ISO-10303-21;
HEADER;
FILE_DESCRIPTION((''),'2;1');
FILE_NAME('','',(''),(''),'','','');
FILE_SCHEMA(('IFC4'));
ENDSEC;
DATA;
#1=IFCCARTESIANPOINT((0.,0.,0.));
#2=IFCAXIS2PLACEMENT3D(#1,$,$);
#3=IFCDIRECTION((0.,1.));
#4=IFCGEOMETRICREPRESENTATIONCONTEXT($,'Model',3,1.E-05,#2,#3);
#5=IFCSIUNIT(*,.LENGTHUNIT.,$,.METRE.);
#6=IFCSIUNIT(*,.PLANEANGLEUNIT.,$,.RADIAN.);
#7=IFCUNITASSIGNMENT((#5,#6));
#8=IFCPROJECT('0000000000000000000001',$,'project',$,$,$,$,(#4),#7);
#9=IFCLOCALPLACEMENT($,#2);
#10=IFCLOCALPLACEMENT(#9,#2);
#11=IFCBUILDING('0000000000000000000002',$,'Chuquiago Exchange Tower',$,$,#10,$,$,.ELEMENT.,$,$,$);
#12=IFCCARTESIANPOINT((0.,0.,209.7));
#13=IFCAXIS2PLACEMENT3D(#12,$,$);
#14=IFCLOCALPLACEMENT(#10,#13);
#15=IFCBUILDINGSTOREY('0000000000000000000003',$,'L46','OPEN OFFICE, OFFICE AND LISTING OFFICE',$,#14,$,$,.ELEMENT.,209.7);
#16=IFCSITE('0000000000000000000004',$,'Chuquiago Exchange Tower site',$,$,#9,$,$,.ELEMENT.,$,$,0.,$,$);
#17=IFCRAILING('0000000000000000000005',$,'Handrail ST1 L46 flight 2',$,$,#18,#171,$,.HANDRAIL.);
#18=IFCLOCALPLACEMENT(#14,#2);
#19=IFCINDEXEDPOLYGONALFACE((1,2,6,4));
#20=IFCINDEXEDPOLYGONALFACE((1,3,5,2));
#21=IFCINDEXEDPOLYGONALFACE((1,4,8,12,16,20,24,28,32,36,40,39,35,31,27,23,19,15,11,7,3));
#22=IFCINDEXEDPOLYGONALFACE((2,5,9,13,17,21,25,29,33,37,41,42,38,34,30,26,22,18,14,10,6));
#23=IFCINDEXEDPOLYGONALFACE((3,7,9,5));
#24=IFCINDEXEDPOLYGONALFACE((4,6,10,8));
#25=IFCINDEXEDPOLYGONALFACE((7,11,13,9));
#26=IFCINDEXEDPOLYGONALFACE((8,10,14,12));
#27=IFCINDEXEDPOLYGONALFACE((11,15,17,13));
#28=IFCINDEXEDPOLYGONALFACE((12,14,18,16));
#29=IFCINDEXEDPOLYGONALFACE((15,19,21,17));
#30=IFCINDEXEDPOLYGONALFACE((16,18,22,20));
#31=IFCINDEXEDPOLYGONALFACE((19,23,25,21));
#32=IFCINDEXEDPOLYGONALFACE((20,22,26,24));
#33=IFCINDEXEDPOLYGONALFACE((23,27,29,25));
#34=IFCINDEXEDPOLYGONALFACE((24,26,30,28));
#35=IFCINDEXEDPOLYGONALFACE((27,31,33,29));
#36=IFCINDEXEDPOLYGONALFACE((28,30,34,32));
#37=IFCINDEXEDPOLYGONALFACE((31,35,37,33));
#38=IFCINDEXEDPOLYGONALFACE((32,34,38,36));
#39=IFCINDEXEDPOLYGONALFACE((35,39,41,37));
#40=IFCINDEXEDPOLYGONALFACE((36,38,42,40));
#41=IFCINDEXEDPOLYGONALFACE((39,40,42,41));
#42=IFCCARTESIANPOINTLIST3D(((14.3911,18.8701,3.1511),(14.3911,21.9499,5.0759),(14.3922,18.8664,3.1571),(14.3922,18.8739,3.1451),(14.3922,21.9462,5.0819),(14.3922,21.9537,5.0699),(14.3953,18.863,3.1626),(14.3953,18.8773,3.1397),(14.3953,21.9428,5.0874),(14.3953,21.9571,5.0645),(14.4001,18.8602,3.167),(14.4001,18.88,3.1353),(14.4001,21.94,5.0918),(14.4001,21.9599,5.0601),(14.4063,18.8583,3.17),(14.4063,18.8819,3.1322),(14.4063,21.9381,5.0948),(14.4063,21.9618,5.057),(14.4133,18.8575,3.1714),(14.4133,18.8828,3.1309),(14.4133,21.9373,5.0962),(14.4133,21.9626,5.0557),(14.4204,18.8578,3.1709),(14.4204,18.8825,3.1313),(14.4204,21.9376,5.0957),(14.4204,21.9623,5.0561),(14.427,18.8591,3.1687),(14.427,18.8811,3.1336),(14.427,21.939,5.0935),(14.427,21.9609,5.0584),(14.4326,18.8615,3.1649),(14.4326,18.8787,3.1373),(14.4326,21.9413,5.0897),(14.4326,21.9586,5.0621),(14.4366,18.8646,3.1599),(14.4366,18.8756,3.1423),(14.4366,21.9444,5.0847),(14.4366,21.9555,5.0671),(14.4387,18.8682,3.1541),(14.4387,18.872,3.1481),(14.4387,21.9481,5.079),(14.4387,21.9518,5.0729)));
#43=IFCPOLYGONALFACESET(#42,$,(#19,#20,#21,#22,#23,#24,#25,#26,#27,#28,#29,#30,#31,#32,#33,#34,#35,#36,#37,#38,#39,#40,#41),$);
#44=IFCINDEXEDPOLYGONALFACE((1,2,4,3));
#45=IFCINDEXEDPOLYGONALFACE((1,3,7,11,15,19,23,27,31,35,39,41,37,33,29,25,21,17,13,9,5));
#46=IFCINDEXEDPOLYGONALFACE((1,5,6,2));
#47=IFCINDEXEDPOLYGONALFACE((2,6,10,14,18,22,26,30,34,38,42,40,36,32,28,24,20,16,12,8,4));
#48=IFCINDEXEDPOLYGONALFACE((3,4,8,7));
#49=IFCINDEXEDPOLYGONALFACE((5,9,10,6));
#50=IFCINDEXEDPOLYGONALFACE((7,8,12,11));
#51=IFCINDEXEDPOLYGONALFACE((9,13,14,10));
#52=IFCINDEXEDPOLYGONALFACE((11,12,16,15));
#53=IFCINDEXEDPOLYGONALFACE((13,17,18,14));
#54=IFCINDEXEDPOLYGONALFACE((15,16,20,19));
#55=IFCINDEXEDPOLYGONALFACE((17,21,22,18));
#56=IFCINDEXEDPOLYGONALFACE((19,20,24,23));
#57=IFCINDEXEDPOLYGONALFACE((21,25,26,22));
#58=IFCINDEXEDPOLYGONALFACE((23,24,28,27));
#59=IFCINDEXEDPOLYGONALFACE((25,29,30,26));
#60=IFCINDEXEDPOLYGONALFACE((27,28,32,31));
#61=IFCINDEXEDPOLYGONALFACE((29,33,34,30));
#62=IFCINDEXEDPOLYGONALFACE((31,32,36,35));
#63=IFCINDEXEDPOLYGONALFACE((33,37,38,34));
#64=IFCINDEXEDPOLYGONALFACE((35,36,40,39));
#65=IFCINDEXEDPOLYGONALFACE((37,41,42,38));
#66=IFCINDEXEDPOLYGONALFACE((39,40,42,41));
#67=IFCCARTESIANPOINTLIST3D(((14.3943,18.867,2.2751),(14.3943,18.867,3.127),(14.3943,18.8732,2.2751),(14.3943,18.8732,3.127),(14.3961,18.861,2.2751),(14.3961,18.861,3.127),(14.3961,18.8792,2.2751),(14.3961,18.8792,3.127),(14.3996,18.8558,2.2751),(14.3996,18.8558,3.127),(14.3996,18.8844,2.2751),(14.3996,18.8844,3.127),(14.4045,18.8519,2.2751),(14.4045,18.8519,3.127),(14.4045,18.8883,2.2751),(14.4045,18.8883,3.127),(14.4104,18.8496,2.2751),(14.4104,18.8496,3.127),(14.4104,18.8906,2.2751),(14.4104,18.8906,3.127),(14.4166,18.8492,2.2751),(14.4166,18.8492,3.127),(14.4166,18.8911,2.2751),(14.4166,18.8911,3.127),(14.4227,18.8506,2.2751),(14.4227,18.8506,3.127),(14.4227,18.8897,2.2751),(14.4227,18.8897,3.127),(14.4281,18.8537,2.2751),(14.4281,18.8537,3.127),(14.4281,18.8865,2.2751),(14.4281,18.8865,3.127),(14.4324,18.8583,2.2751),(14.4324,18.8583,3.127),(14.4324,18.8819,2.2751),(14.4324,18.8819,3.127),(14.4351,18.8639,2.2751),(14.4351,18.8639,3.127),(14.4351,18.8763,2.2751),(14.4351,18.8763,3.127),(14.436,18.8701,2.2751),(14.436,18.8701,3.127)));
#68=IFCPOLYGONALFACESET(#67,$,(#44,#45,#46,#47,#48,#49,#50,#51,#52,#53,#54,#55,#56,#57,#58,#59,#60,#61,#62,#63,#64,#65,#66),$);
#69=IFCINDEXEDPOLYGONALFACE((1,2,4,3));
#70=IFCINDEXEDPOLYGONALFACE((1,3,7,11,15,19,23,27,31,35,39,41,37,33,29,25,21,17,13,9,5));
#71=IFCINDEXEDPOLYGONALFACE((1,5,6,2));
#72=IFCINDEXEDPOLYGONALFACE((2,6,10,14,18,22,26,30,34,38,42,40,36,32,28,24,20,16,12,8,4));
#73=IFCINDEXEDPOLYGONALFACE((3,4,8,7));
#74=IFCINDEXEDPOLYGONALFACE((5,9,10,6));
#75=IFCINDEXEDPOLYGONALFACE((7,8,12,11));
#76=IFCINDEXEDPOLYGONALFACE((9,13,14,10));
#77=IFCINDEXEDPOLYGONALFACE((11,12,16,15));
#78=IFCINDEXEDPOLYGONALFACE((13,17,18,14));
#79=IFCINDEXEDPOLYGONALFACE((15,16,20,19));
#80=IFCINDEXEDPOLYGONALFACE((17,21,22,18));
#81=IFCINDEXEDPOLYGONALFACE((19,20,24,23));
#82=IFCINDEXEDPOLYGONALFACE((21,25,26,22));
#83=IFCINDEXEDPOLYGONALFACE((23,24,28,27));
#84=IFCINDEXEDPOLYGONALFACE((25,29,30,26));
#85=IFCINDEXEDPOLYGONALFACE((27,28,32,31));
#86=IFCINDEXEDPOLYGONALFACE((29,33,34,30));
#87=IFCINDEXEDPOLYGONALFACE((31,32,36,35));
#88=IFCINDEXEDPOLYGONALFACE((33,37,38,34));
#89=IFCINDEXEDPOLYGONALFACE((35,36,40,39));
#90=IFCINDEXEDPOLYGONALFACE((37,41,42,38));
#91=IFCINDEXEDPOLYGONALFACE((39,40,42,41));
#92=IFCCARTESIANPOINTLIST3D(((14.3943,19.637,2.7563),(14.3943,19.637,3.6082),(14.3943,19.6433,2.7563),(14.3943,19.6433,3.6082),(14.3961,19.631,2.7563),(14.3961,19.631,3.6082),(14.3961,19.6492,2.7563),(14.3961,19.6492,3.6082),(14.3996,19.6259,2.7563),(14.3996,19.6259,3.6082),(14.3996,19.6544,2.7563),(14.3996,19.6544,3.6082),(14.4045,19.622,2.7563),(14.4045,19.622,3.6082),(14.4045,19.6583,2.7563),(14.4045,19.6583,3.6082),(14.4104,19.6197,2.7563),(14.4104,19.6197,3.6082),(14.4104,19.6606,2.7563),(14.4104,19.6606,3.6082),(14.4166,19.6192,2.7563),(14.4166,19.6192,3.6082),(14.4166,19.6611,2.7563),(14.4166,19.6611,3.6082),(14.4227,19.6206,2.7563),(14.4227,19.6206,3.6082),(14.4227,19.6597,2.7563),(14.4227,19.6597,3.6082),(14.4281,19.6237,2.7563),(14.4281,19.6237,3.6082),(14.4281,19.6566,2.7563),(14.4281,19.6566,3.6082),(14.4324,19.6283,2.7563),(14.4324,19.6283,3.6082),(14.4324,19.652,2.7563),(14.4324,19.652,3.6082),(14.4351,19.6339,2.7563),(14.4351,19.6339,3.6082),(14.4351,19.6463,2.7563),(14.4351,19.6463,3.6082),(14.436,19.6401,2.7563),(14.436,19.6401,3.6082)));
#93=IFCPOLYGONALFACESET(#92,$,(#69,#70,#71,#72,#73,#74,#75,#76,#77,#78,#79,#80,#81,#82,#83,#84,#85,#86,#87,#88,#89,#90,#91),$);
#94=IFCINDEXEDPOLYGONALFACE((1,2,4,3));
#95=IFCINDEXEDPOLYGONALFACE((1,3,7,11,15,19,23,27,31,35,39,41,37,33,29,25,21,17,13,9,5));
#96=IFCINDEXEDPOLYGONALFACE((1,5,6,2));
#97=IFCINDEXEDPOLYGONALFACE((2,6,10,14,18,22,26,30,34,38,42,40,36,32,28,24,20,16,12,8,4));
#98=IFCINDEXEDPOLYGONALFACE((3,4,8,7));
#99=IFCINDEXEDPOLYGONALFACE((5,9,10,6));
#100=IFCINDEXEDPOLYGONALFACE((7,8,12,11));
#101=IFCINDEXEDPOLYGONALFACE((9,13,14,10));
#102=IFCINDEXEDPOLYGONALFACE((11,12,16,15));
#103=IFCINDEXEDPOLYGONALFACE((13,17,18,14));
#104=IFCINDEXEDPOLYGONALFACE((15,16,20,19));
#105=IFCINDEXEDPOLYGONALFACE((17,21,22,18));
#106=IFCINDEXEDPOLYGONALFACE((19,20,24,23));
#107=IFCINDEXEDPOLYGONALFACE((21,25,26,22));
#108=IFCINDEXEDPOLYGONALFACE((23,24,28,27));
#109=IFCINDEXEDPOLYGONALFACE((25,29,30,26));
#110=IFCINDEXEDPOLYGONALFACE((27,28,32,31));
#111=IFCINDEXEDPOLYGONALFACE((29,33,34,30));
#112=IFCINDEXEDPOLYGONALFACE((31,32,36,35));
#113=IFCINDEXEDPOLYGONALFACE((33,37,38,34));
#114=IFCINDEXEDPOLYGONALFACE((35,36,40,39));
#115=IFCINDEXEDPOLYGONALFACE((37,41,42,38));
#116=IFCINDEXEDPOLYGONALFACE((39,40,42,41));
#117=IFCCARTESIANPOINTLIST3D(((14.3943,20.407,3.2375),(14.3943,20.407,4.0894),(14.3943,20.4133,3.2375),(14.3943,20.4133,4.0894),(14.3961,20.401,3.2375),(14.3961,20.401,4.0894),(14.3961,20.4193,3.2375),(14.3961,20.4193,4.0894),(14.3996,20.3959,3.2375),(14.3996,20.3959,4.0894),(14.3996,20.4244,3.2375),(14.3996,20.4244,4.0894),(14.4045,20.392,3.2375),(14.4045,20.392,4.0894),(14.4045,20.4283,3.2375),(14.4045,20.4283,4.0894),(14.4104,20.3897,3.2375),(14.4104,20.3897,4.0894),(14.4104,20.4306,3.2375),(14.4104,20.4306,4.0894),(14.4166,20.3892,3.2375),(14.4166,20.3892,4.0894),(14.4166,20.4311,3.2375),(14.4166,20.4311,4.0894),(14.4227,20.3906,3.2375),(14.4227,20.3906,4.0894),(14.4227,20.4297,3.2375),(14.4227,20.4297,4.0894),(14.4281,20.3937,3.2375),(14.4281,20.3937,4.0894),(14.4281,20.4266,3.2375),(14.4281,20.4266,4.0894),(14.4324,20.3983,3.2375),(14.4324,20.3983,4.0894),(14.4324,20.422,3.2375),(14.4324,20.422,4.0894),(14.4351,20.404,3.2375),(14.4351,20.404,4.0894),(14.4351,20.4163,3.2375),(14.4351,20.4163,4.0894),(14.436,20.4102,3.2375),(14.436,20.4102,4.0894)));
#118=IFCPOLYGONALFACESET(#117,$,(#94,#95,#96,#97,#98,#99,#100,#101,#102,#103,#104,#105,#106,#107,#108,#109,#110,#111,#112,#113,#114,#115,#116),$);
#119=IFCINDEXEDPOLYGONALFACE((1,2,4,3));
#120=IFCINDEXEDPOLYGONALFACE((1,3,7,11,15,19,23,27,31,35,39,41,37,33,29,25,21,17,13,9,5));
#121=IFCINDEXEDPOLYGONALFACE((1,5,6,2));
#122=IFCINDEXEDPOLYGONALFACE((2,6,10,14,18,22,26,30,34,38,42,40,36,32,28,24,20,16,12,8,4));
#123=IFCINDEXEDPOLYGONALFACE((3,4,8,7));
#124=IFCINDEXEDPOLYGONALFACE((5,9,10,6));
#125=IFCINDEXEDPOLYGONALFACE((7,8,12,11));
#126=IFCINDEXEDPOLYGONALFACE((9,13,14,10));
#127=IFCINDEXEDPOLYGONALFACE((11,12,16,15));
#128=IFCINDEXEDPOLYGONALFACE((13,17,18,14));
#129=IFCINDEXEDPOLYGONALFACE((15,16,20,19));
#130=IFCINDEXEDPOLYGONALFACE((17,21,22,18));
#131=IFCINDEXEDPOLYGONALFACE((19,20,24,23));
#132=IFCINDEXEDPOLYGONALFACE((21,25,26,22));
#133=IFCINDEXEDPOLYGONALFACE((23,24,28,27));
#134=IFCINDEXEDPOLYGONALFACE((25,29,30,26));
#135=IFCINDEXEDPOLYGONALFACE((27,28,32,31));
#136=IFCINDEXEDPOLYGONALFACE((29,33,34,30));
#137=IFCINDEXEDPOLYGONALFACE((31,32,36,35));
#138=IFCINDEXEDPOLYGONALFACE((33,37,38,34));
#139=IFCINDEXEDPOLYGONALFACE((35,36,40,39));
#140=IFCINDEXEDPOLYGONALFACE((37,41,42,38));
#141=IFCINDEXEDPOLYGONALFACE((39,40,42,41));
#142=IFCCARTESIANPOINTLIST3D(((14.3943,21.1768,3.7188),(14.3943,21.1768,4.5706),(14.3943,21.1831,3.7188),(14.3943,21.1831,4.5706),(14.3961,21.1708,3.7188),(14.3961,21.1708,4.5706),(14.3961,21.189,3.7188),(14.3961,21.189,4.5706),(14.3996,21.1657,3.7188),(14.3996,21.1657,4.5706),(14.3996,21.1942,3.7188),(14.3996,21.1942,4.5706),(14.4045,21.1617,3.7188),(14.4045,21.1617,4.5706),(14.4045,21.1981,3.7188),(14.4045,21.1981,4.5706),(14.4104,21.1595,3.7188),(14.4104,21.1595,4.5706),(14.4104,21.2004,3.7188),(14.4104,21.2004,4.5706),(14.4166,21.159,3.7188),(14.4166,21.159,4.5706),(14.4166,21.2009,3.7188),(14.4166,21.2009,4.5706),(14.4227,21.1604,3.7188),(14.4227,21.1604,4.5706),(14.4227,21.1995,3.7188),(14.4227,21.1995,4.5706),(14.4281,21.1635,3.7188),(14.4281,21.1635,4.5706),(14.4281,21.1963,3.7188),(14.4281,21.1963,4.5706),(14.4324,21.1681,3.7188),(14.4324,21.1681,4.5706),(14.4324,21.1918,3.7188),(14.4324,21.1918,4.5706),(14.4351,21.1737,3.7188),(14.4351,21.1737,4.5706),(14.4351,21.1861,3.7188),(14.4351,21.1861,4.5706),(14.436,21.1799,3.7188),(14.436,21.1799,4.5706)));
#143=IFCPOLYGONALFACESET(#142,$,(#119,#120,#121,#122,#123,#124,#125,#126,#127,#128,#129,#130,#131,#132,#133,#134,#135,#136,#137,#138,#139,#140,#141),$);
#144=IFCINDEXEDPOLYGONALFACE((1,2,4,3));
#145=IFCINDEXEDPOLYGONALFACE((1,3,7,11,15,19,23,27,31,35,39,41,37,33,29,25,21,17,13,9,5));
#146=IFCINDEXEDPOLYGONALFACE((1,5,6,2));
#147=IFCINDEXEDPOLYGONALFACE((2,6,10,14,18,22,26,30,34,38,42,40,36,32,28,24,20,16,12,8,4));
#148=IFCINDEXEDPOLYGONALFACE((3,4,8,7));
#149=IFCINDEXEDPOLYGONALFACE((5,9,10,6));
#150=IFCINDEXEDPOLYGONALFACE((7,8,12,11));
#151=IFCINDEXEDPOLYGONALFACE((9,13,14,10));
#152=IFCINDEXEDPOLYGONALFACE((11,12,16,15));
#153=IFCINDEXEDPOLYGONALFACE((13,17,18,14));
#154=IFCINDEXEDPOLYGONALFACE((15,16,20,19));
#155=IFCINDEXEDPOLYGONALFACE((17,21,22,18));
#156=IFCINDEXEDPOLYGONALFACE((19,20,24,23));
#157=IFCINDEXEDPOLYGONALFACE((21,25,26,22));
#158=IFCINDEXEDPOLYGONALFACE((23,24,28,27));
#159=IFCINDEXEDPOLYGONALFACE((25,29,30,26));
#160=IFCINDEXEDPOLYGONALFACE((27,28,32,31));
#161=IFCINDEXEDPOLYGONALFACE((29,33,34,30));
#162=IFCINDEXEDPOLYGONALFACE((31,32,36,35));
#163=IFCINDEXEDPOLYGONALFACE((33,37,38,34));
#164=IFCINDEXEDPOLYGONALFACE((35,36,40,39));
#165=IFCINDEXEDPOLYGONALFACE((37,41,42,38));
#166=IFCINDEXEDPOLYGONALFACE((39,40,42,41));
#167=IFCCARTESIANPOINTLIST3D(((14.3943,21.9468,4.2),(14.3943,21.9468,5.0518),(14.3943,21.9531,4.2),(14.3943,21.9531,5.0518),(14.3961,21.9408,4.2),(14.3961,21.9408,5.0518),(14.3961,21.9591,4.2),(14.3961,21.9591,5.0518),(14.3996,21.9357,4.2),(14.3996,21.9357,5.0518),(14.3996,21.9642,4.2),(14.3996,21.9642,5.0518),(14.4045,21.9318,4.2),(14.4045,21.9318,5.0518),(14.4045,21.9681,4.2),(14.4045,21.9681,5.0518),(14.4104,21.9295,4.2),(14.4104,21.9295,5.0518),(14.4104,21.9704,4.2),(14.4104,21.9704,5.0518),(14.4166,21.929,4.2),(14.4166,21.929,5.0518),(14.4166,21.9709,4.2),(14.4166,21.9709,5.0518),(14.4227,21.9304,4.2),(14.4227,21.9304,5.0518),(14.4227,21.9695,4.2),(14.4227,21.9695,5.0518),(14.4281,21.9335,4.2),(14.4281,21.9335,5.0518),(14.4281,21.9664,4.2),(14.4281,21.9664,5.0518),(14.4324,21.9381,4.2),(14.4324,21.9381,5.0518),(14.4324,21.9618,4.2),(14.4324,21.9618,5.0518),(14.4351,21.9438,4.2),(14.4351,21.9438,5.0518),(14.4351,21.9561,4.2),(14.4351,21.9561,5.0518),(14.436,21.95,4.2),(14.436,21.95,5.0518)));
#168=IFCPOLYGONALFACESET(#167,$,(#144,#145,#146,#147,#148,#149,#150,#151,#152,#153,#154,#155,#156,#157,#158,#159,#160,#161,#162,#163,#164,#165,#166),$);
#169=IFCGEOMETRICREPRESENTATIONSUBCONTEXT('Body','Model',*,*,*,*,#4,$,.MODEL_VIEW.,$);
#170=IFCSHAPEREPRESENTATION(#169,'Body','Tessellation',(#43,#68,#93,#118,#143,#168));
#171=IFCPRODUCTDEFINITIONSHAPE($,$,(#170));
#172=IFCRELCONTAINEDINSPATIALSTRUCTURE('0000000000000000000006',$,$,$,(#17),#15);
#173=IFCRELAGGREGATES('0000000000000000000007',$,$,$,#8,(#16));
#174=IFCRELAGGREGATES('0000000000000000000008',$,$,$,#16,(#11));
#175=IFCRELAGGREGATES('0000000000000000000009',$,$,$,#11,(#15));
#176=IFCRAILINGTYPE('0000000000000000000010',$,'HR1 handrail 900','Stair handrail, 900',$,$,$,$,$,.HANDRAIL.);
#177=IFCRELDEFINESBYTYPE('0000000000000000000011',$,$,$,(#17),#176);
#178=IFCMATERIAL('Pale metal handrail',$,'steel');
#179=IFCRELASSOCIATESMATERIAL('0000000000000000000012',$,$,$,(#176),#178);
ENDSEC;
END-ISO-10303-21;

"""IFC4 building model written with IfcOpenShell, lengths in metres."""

from ifc_helpers import new_model, si_unit, direction, frame, origin, origin_2d, place, context, subcontext, project, spatial, circle, extrude, material, type_object, element, save


model = new_model("IFC4")

# Units and contexts
model_context = context("Model", 3, precision=1e-05, world=origin(), true_north=direction((0.0, 1.0)))
body_context = subcontext(model_context, "Body", "Model", "MODEL_VIEW")
ifc_project = project(units=[si_unit("LENGTHUNIT", "METRE"), si_unit("PLANEANGLEUNIT", "RADIAN")], contexts=[model_context])

# Site, building, storey
site_placement = place(None, origin())
site = spatial("IfcSite", under=ifc_project, at=site_placement, Name="Chuquiago Exchange Tower site", CompositionType="ELEMENT", RefElevation=0.0)
building_placement = place(site_placement, origin())
building = spatial("IfcBuilding", under=site, at=building_placement, Name="Chuquiago Exchange Tower", CompositionType="ELEMENT")
storey_placement = place(building_placement, frame((0.0, 0.0, 209.7)))
storey = spatial("IfcBuildingStorey", under=building, at=storey_placement, Name="L46", Description="OPEN OFFICE, OFFICE AND LISTING OFFICE", CompositionType="ELEMENT", Elevation=209.7)

# Railing
ifc_material_1 = material(Name="Pale metal handrail", Category="steel")
railing_type_1 = type_object("IfcRailingType", Name="HR1 handrail 900", Description="Stair handrail, 900", PredefinedType="HANDRAIL", material=ifc_material_1)
for number, where, name in (
    (1, (14.415, 18.8701, 2.2751), "Handrail ST1 L46 flight 2"),
):
    element("IfcRailing", number, at=place(storey_placement, frame(where)), inside=storey, type_object=railing_type_1, Name=name, PredefinedType="HANDRAIL", context=body_context, shape_type="SweptSolid", body=[
        extrude(circle(Radius=0.0239, at=origin_2d()), frame((0.0, 0.0, 0.876), z_axis=(0.0, 0.84801, 0.529981), x_axis=(-1.0, 0.0, 0.0)), (0.0, 0.0, 1.0), 3.6318),
        extrude(circle(Radius=0.021, at=origin_2d()), origin(), (0.0, 0.0, 1.0), 0.8518),
        extrude(circle(Radius=0.021, at=origin_2d()), frame((0.0, 0.77, 0.4812)), (0.0, 0.0, 1.0), 0.8518),
        extrude(circle(Radius=0.021, at=origin_2d()), frame((0.0, 1.54, 0.9624)), (0.0, 0.0, 1.0), 0.8518),
        extrude(circle(Radius=0.021, at=origin_2d()), frame((0.0, 2.3098, 1.4436)), (0.0, 0.0, 1.0), 0.8518),
        extrude(circle(Radius=0.021, at=origin_2d()), frame((0.0, 3.0798, 1.9248)), (0.0, 0.0, 1.0), 0.8518),
    ])

save(model, "model.ifc")
